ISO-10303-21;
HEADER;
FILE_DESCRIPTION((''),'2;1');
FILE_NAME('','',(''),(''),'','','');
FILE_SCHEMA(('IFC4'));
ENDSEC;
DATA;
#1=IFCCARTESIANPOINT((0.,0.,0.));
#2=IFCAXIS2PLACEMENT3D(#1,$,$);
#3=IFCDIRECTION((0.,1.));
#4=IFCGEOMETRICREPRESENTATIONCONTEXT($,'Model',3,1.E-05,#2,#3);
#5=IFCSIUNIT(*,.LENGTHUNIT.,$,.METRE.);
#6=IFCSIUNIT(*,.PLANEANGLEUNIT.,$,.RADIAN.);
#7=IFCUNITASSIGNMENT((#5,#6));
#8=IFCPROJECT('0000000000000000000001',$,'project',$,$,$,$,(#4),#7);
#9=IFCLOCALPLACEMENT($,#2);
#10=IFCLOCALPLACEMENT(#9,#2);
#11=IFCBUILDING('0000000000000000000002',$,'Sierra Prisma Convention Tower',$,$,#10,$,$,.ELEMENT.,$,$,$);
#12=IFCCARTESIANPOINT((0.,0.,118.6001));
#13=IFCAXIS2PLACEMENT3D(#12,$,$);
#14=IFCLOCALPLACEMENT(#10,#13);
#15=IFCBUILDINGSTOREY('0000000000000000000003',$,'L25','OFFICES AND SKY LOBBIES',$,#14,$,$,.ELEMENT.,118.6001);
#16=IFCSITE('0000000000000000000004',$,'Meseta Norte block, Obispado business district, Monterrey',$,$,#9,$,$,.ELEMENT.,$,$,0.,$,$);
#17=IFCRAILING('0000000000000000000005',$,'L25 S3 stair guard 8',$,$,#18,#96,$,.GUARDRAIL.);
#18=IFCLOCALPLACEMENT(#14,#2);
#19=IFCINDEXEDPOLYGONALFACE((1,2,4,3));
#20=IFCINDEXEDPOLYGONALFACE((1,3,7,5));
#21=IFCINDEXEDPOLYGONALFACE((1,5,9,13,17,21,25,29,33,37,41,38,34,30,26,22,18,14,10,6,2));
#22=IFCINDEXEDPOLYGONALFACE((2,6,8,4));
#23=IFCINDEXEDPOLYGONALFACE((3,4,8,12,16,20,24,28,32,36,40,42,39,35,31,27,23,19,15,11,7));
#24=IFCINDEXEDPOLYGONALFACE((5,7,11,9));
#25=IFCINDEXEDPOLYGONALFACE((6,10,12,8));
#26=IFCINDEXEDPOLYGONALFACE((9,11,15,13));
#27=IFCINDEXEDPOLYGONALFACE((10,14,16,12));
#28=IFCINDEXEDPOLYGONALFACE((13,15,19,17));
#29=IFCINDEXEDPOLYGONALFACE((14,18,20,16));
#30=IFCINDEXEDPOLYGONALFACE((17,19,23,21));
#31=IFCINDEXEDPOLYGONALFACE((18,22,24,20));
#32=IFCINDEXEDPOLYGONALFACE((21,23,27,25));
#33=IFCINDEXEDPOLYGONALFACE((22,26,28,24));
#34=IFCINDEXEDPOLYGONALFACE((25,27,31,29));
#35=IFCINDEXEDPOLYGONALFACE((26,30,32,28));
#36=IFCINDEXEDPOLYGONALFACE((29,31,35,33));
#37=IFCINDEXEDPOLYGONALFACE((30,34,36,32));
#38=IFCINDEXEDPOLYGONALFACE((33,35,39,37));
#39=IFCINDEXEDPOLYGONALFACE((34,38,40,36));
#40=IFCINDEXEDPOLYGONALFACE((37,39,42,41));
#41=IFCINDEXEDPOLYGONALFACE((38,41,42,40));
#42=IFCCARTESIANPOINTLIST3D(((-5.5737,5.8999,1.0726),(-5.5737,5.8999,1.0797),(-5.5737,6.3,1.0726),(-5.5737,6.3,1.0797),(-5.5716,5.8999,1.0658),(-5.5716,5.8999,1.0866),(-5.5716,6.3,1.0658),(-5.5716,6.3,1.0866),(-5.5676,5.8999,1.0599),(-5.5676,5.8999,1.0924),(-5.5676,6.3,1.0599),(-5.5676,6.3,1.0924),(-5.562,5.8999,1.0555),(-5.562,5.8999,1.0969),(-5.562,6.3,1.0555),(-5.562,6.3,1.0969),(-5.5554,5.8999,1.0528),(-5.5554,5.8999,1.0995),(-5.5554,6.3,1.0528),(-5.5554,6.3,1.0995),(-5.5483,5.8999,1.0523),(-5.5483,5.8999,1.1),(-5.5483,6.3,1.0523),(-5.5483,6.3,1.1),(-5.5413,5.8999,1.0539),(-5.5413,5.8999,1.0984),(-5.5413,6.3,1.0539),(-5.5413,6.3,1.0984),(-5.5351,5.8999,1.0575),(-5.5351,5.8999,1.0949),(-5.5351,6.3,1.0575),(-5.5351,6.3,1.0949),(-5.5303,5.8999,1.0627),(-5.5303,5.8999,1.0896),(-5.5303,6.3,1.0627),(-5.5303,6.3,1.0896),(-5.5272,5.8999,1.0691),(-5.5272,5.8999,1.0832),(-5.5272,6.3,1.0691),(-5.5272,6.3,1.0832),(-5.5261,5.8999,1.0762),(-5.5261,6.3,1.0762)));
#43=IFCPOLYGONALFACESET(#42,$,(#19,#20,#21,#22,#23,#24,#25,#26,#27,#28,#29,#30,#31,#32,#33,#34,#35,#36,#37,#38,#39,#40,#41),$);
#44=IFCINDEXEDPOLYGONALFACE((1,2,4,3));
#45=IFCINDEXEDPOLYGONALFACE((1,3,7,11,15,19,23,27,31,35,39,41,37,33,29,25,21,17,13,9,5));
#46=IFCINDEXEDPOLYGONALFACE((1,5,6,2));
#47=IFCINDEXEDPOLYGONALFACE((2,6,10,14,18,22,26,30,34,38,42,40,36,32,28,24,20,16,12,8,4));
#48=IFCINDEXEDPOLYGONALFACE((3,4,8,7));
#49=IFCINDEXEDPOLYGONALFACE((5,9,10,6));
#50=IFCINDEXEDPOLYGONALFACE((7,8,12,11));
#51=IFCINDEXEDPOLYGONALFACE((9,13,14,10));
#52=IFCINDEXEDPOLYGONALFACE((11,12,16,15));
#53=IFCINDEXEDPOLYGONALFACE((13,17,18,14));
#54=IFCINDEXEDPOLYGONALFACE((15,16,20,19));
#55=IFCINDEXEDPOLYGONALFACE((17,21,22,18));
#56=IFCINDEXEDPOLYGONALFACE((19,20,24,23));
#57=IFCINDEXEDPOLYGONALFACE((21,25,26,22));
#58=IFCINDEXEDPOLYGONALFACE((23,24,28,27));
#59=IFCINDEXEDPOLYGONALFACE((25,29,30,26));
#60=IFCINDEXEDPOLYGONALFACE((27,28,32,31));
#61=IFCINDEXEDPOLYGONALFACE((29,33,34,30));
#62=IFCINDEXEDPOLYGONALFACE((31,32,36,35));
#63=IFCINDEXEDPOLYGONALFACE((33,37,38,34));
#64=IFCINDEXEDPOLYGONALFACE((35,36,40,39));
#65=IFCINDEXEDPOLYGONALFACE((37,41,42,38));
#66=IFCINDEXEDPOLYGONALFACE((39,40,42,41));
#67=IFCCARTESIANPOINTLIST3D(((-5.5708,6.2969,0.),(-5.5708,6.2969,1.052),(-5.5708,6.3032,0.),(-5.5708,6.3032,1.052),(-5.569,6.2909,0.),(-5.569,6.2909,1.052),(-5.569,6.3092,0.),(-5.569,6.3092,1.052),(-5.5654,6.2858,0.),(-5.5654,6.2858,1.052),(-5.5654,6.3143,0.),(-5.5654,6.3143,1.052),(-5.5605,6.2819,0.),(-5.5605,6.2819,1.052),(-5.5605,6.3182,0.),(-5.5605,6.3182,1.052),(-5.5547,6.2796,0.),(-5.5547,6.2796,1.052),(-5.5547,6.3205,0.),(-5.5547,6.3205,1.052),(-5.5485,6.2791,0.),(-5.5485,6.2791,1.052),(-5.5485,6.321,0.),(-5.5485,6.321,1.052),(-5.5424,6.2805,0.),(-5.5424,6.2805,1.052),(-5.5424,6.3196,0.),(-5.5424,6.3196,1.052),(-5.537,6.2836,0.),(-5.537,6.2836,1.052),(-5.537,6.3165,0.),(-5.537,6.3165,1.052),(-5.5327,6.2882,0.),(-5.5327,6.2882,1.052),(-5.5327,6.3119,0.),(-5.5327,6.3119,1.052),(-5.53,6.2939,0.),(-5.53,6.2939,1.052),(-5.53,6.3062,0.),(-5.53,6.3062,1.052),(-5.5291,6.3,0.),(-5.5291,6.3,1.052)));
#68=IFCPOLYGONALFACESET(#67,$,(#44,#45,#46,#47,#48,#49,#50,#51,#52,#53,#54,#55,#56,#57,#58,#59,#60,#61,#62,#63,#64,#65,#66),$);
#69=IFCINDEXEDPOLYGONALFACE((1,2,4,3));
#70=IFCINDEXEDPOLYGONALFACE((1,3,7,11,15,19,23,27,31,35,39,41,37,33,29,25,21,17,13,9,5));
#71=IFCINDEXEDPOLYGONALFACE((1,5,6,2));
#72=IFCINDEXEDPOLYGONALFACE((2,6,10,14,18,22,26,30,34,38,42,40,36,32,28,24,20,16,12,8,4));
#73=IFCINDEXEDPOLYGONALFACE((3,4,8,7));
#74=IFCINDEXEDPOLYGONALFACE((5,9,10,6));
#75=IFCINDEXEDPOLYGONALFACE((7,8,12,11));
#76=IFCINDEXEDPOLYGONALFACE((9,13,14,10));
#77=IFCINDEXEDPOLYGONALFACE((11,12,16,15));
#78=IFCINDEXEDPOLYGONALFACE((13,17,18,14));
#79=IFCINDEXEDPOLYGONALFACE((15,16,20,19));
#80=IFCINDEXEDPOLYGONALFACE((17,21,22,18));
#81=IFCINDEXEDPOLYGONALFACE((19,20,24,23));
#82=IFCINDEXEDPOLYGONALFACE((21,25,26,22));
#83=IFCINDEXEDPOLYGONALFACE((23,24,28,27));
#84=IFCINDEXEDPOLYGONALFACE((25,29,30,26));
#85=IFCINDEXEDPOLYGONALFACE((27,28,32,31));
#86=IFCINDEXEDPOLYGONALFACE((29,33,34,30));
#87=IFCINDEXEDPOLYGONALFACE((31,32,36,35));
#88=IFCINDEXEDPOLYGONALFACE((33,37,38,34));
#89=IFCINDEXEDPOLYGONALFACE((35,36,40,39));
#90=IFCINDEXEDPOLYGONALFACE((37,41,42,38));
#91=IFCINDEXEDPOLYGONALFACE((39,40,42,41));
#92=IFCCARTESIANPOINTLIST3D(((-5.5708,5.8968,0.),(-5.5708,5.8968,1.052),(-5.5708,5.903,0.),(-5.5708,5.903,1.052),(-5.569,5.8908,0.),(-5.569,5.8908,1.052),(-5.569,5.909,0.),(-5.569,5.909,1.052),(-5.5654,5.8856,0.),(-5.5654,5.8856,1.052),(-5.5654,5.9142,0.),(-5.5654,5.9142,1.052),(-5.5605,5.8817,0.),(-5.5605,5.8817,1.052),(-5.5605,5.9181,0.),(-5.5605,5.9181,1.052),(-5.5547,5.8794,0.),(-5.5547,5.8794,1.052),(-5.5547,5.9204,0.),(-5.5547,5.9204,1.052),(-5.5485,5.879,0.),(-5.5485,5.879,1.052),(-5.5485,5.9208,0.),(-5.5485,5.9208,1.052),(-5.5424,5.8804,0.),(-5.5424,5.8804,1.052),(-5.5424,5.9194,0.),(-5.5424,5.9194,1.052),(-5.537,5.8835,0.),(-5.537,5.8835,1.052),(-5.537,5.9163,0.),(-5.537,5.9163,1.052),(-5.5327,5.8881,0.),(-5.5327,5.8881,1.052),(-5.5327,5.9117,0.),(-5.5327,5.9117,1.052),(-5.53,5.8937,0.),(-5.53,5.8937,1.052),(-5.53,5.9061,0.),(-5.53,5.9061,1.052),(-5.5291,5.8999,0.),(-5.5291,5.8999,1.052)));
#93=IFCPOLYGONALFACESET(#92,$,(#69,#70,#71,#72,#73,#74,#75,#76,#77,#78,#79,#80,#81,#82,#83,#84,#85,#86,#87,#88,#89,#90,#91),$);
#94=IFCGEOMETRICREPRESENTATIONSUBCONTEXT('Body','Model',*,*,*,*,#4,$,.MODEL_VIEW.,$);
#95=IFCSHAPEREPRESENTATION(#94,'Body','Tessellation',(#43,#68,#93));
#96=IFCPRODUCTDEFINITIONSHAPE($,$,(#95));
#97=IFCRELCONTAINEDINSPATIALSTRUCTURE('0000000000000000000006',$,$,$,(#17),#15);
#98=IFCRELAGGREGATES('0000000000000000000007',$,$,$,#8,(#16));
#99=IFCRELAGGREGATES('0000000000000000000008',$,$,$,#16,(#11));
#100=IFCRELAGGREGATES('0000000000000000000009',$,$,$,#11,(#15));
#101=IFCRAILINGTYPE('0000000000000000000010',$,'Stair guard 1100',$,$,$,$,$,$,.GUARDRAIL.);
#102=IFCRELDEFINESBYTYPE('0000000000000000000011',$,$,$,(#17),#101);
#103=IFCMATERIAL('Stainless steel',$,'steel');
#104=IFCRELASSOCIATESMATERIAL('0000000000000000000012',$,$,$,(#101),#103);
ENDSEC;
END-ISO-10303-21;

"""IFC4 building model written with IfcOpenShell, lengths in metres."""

from ifc_helpers import new_model, si_unit, direction, frame, origin, origin_2d, place, context, subcontext, project, spatial, circle, extrude, material, type_object, element, save


model = new_model("IFC4")

# Units and contexts
model_context = context("Model", 3, precision=1e-05, world=origin(), true_north=direction((0.0, 1.0)))
body_context = subcontext(model_context, "Body", "Model", "MODEL_VIEW")
ifc_project = project(units=[si_unit("LENGTHUNIT", "METRE"), si_unit("PLANEANGLEUNIT", "RADIAN")], contexts=[model_context])

# Site, building, storey
site_placement = place(None, origin())
site = spatial("IfcSite", under=ifc_project, at=site_placement, Name="Meseta Norte block, Obispado business district, Monterrey", CompositionType="ELEMENT", RefElevation=0.0)
building_placement = place(site_placement, origin())
building = spatial("IfcBuilding", under=site, at=building_placement, Name="Sierra Prisma Convention Tower", CompositionType="ELEMENT")
storey_placement = place(building_placement, frame((0.0, 0.0, 118.6001)))
storey = spatial("IfcBuildingStorey", under=building, at=storey_placement, Name="L25", Description="OFFICES AND SKY LOBBIES", CompositionType="ELEMENT", Elevation=118.6001)

# Railing
ifc_material_1 = material(Name="Stainless steel", Category="steel")
railing_type_1 = type_object("IfcRailingType", Name="Stair guard 1100", PredefinedType="GUARDRAIL", material=ifc_material_1)
railing_1_placement = place(storey_placement, frame((-5.55, 6.3, 0.0)))
element("IfcRailing", 1, at=railing_1_placement, inside=storey, type_object=railing_type_1, Name="L25 S3 stair guard 8", PredefinedType="GUARDRAIL", context=body_context, shape_type="SweptSolid", body=[
    extrude(circle(Radius=0.0239, at=origin_2d()), frame((0.0, 0.0, 1.0762), z_axis=(0.0, -1.0, 0.0), x_axis=(1.0, 0.0, 0.0)), (0.0, 0.0, 1.0), 0.4001),
    extrude(circle(Radius=0.021, at=origin_2d()), origin(), (0.0, 0.0, 1.0), 1.052),
    extrude(circle(Radius=0.021, at=origin_2d()), frame((0.0, -0.4001, 0.0)), (0.0, 0.0, 1.0), 1.052),
])

save(model, "model.ifc")
